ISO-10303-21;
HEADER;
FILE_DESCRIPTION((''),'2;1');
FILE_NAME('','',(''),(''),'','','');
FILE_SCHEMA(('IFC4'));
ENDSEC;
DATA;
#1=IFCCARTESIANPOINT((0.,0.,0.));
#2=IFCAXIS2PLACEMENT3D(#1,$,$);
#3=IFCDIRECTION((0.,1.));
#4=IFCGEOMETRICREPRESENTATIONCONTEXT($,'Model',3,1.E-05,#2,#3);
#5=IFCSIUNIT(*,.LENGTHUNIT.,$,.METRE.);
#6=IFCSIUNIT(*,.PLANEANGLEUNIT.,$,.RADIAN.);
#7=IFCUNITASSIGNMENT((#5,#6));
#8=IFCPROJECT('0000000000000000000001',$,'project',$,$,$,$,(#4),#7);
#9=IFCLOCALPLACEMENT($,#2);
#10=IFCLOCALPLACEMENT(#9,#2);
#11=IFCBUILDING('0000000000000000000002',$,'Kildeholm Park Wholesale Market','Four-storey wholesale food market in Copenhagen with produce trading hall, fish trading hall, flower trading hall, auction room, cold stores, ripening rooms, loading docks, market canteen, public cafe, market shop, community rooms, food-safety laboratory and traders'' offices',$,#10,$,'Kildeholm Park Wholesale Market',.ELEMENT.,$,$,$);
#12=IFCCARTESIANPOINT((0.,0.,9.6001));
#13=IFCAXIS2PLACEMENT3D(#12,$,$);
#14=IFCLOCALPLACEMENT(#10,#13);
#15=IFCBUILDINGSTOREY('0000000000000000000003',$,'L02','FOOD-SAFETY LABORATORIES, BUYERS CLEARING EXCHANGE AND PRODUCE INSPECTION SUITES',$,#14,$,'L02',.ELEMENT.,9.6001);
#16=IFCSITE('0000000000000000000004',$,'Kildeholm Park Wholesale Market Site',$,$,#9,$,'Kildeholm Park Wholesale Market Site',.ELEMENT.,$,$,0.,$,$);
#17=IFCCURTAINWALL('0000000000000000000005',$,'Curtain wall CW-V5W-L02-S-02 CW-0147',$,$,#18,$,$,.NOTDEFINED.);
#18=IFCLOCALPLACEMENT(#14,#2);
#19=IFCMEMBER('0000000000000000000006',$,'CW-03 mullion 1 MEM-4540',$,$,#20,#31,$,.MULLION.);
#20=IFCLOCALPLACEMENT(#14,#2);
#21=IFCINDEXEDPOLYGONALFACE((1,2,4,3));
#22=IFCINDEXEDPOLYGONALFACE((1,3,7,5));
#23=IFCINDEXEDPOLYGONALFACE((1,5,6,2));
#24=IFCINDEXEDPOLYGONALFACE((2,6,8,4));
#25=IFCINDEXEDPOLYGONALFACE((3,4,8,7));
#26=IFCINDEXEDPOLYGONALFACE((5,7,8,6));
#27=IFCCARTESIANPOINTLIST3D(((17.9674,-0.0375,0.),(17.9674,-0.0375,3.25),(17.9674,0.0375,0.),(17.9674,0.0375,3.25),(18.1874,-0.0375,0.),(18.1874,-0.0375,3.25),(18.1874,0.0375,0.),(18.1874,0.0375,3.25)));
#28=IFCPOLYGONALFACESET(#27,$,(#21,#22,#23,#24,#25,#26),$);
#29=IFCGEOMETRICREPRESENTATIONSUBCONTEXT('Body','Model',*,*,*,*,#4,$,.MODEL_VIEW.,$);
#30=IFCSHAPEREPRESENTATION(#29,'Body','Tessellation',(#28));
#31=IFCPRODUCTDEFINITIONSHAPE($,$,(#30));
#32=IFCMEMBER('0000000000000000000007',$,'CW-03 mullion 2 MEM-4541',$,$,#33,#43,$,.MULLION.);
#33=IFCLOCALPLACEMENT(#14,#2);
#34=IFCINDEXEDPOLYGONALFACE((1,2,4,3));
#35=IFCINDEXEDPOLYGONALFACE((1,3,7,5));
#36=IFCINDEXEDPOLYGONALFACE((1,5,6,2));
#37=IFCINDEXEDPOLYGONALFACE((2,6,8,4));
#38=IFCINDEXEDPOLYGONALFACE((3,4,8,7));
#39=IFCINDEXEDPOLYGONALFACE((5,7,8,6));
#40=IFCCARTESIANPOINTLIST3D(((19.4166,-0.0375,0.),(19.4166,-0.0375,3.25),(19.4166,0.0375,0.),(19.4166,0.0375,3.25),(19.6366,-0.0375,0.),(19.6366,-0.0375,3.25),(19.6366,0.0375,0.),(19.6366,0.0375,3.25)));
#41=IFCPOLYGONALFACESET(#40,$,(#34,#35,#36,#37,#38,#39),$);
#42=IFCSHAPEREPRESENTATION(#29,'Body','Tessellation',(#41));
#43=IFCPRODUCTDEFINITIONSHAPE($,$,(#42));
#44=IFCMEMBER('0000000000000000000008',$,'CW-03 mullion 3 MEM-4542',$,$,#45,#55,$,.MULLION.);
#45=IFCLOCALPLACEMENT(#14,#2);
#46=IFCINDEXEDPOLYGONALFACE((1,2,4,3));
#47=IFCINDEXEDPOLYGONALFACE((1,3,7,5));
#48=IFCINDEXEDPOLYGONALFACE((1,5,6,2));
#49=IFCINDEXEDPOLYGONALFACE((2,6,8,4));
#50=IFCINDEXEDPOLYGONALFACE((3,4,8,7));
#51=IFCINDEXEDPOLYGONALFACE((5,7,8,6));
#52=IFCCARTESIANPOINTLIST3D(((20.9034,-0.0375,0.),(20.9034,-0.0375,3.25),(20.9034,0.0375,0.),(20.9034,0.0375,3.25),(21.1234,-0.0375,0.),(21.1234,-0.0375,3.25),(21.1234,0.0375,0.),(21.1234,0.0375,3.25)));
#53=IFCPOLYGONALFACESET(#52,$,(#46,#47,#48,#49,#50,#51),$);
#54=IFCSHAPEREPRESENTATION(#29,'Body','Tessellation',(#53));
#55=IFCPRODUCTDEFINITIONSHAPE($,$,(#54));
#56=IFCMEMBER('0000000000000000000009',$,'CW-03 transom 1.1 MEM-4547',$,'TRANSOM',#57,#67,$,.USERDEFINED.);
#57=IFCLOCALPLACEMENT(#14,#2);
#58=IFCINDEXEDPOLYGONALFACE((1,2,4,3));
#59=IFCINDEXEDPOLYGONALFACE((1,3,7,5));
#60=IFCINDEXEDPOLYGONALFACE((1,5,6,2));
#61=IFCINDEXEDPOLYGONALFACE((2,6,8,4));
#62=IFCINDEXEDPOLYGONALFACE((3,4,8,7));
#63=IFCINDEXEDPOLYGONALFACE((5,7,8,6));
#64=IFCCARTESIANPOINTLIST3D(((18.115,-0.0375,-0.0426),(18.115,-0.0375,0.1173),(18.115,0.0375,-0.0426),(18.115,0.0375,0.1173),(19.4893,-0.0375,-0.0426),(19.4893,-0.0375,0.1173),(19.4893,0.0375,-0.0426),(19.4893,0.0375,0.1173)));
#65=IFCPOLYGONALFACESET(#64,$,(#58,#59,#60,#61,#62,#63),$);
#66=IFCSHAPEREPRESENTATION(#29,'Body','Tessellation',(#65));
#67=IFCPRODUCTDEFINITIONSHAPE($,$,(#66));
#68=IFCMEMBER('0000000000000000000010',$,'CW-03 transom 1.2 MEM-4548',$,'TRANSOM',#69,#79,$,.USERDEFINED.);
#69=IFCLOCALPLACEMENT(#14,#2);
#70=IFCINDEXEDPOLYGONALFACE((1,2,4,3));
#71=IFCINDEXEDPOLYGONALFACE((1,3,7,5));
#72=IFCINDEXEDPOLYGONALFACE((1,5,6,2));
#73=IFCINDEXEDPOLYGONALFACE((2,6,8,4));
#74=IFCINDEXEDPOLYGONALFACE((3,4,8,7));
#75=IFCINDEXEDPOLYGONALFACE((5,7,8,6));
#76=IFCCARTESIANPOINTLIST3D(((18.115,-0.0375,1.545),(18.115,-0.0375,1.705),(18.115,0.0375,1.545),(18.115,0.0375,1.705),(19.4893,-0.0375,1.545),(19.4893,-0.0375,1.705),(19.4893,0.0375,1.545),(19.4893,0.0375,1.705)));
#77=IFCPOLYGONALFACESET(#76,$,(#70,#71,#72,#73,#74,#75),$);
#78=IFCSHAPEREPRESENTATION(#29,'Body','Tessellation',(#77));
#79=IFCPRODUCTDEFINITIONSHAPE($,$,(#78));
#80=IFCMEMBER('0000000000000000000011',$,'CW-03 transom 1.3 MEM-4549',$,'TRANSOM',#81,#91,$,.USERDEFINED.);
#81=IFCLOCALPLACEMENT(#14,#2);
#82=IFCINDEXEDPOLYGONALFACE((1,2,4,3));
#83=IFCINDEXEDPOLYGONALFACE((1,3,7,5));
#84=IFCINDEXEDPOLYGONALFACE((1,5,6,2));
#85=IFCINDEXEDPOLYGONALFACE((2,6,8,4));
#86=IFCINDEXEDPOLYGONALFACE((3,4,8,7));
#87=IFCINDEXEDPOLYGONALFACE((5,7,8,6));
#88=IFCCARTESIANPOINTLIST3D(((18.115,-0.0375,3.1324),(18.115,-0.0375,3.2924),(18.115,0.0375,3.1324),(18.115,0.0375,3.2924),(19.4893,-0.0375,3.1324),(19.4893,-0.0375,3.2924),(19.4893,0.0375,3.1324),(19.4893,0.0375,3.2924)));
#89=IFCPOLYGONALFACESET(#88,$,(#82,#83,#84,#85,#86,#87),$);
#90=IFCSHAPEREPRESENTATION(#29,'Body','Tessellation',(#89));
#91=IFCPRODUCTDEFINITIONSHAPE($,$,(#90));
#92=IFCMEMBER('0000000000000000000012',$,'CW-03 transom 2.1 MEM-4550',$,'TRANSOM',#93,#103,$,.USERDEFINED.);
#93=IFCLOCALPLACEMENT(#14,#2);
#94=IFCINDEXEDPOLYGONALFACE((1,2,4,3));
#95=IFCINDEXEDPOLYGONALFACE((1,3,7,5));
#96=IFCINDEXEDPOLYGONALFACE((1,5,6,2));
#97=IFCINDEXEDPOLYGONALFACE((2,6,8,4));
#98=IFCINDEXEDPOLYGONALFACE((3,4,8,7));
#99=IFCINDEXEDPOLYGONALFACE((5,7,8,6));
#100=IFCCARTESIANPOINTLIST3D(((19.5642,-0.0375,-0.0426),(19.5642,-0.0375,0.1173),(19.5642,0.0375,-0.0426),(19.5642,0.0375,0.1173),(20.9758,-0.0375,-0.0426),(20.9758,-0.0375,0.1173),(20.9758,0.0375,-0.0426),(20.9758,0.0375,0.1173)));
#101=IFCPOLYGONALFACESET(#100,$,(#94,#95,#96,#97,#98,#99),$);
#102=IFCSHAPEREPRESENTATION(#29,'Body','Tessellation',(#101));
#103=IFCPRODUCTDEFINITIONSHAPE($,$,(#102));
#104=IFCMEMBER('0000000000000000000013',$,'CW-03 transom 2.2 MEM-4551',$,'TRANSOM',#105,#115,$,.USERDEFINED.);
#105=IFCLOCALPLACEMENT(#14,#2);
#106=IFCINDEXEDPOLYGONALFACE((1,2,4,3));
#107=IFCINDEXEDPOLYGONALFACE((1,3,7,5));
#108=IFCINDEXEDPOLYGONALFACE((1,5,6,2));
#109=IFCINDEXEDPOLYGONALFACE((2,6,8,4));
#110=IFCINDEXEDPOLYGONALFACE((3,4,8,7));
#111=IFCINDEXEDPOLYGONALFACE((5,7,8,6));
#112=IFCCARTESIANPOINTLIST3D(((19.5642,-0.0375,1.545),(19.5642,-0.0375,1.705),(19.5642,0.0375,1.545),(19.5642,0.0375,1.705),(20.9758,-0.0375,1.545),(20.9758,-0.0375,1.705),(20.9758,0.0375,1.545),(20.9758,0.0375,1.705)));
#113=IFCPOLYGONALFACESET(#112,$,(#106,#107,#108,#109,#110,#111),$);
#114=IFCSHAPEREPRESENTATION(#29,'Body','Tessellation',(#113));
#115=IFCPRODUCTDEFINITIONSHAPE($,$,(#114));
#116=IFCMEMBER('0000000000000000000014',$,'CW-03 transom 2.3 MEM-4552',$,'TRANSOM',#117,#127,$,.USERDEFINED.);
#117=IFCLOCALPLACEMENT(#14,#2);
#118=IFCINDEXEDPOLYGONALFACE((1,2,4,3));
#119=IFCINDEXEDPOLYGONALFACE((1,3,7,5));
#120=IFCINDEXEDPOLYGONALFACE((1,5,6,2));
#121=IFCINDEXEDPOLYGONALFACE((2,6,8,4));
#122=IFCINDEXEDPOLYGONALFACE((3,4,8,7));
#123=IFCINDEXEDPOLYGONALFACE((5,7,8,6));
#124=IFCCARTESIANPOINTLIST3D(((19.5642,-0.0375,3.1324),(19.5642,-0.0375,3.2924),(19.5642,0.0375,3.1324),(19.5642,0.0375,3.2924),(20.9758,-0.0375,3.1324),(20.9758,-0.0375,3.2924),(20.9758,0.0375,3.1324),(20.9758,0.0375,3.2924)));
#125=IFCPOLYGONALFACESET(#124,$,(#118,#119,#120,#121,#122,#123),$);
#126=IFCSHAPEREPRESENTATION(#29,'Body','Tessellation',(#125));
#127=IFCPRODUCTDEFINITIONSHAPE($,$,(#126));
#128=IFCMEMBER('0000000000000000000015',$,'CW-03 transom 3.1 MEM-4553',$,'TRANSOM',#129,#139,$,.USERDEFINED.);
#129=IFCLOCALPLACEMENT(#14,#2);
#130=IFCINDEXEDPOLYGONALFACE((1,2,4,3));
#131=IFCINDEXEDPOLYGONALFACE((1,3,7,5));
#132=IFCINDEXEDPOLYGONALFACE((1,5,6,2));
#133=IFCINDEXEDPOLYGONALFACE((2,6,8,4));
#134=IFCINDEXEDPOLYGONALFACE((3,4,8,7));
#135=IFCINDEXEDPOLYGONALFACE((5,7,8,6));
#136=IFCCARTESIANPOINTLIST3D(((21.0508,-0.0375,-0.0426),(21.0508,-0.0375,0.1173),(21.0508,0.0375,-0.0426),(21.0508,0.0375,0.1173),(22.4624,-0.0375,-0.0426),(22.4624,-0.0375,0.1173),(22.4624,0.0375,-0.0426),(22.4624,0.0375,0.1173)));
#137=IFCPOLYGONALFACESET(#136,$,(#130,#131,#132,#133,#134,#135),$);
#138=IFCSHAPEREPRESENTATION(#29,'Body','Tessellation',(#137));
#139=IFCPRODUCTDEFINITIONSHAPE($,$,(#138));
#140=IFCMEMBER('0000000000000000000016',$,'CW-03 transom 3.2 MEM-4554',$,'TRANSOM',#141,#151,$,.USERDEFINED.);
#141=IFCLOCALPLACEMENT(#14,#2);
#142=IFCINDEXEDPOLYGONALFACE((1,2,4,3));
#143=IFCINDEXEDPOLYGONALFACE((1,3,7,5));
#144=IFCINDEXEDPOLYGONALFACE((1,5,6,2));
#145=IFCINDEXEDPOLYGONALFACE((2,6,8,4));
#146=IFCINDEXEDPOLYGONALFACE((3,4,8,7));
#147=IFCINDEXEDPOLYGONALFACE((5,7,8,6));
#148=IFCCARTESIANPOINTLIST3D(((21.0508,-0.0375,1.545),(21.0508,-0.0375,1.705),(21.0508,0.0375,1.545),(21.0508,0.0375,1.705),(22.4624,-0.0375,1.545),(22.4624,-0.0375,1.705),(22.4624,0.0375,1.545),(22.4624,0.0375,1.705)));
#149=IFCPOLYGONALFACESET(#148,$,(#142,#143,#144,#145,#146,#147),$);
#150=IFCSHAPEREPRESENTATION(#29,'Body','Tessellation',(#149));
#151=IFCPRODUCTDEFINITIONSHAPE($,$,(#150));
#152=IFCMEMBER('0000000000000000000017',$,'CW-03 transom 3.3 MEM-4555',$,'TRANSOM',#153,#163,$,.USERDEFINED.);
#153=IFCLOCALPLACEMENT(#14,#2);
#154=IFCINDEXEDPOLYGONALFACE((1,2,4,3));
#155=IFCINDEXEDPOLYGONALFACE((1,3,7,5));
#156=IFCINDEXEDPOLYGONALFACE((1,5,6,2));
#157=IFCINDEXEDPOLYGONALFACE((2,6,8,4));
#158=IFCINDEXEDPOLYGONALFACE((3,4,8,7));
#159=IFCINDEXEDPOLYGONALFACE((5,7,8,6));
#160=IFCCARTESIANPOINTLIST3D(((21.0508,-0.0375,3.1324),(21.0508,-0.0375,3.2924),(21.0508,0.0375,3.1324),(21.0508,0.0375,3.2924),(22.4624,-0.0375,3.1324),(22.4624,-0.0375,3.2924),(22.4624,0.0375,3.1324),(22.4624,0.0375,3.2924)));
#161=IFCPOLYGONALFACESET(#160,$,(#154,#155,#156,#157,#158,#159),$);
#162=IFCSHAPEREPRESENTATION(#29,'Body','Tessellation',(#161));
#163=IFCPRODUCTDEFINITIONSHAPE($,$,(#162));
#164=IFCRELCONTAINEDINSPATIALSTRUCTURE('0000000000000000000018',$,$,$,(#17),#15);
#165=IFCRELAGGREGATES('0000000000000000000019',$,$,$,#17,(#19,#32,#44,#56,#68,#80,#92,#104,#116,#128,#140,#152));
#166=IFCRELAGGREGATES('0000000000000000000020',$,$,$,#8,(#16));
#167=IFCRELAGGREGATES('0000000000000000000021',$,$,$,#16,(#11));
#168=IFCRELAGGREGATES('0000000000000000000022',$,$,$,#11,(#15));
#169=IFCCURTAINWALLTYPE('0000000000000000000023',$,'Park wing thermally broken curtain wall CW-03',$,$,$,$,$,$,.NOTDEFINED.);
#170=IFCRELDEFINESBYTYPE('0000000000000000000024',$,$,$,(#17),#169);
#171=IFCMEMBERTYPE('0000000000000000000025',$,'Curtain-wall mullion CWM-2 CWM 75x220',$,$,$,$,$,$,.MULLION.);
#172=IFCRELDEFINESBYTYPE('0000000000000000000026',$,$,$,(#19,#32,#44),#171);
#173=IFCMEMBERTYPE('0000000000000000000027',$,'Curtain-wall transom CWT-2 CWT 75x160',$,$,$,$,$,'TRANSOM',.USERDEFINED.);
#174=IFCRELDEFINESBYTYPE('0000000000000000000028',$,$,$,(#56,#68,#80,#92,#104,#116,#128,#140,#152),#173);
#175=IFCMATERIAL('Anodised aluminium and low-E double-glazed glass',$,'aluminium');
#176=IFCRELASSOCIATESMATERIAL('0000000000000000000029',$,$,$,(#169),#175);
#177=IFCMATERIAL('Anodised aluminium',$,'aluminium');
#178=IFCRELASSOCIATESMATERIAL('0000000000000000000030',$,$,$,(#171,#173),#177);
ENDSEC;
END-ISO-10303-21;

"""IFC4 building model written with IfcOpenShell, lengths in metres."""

from ifc_helpers import new_model, si_unit, direction, frame, origin, origin_2d, place, context, subcontext, project, spatial, rectangle, extrude, material, material_profile, profile_set, type_object, element, aggregate, save


model = new_model("IFC4")

# Units and contexts
model_context = context("Model", 3, precision=1e-05, world=origin(), true_north=direction((0.0, 1.0)))
body_context = subcontext(model_context, "Body", "Model", "MODEL_VIEW")
ifc_project = project(units=[si_unit("LENGTHUNIT", "METRE"), si_unit("PLANEANGLEUNIT", "RADIAN")], contexts=[model_context])

# Site, building, storey
site_placement = place(None, origin())
site = spatial("IfcSite", under=ifc_project, at=site_placement, Name="Kildeholm Park Wholesale Market Site", LongName="Kildeholm Park Wholesale Market Site", CompositionType="ELEMENT", RefElevation=0.0)
building_placement = place(site_placement, origin())
building = spatial("IfcBuilding", under=site, at=building_placement, Name="Kildeholm Park Wholesale Market", Description="Four-storey wholesale food market in Copenhagen with produce trading hall, fish trading hall, flower trading hall, auction room, cold stores, ripening rooms, loading docks, market canteen, public cafe, market shop, community rooms, food-safety laboratory and traders' offices", LongName="Kildeholm Park Wholesale Market", CompositionType="ELEMENT")
storey_placement = place(building_placement, frame((0.0, 0.0, 9.6001)))
storey = spatial("IfcBuildingStorey", under=building, at=storey_placement, Name="L02", Description="FOOD-SAFETY LABORATORIES, BUYERS CLEARING EXCHANGE AND PRODUCE INSPECTION SUITES", LongName="L02", CompositionType="ELEMENT", Elevation=9.6001)

# Curtain wall, members
ifc_material_1 = material(Name="Anodised aluminium and low-E double-glazed glass", Category="aluminium")
curtain_wall_type = type_object("IfcCurtainWallType", Name="Park wing thermally broken curtain wall CW-03", PredefinedType="NOTDEFINED", material=ifc_material_1)
curtain_wall_placement = place(storey_placement, origin())
curtain_wall = element("IfcCurtainWall", 1, at=curtain_wall_placement, inside=storey, type_object=curtain_wall_type, Name="Curtain wall CW-V5W-L02-S-02 CW-0147", PredefinedType="NOTDEFINED")
ifc_material_2 = material(Name="Anodised aluminium", Category="aluminium")
ifc_material_profile_1 = material_profile(ifc_material_2, rectangle(XDim=0.075, YDim=0.22, at=origin_2d()), Name="CWM 75x220")
ifc_profile_set_1 = profile_set([ifc_material_profile_1], Name="Anodised aluminium")
member_type_1 = type_object("IfcMemberType", Name="Curtain-wall mullion CWM-2 CWM 75x220", PredefinedType="MULLION", material=ifc_profile_set_1)
member_1_placement = place(storey_placement, frame((18.0774, 0.0, 0.0), z_axis=(0.0, 0.0, 1.0), x_axis=(0.0, 1.0, 0.0)))
member_1 = element("IfcMember", 2, at=member_1_placement, type_object=member_type_1, Name="CW-03 mullion 1 MEM-4540", PredefinedType="MULLION", context=body_context, shape_type="SweptSolid", body=[
    extrude(rectangle(XDim=0.075, YDim=0.22, at=origin_2d()), origin(), (0.0, 0.0, 1.0), 3.25),
])
member_2_placement = place(storey_placement, frame((19.5266, 0.0, 0.0), z_axis=(0.0, 0.0, 1.0), x_axis=(0.0, 1.0, 0.0)))
member_2 = element("IfcMember", 3, at=member_2_placement, type_object=member_type_1, Name="CW-03 mullion 2 MEM-4541", PredefinedType="MULLION", context=body_context, shape_type="SweptSolid", body=[
    extrude(rectangle(XDim=0.075, YDim=0.22, at=origin_2d()), origin(), (0.0, 0.0, 1.0), 3.25),
])
member_3_placement = place(storey_placement, frame((21.0134, 0.0, 0.0), z_axis=(0.0, 0.0, 1.0), x_axis=(0.0, 1.0, 0.0)))
member_3 = element("IfcMember", 4, at=member_3_placement, type_object=member_type_1, Name="CW-03 mullion 3 MEM-4542", PredefinedType="MULLION", context=body_context, shape_type="SweptSolid", body=[
    extrude(rectangle(XDim=0.075, YDim=0.22, at=origin_2d()), origin(), (0.0, 0.0, 1.0), 3.25),
])
ifc_material_profile_2 = material_profile(ifc_material_2, rectangle(XDim=0.075, YDim=0.1599, at=origin_2d()), Name="CWT 75x160")
ifc_profile_set_2 = profile_set([ifc_material_profile_2], Name="Anodised aluminium")
member_type_2 = type_object("IfcMemberType", Name="Curtain-wall transom CWT-2 CWT 75x160", ElementType="TRANSOM", PredefinedType="USERDEFINED", material=ifc_profile_set_2)
member_4_placement = place(storey_placement, frame((18.115, 0.0, 0.0374), z_axis=(1.0, 0.0, 0.0), x_axis=(0.0, 1.0, 0.0)))
member_4 = element("IfcMember", 5, at=member_4_placement, type_object=member_type_2, Name="CW-03 transom 1.1 MEM-4547", ObjectType="TRANSOM", PredefinedType="USERDEFINED", context=body_context, shape_type="SweptSolid", body=[
    extrude(rectangle(XDim=0.075, YDim=0.1599, at=origin_2d()), origin(), (0.0, 0.0, 1.0), 1.3743),
])
member_5_placement = place(storey_placement, frame((18.115, 0.0, 1.625), z_axis=(1.0, 0.0, 0.0), x_axis=(0.0, 1.0, 0.0)))
member_5 = element("IfcMember", 6, at=member_5_placement, type_object=member_type_2, Name="CW-03 transom 1.2 MEM-4548", ObjectType="TRANSOM", PredefinedType="USERDEFINED", context=body_context, shape_type="SweptSolid", body=[
    extrude(rectangle(XDim=0.075, YDim=0.1599, at=origin_2d()), origin(), (0.0, 0.0, 1.0), 1.3743),
])
member_6_placement = place(storey_placement, frame((18.115, 0.0, 3.2124), z_axis=(1.0, 0.0, 0.0), x_axis=(0.0, 1.0, 0.0)))
member_6 = element("IfcMember", 7, at=member_6_placement, type_object=member_type_2, Name="CW-03 transom 1.3 MEM-4549", ObjectType="TRANSOM", PredefinedType="USERDEFINED", context=body_context, shape_type="SweptSolid", body=[
    extrude(rectangle(XDim=0.075, YDim=0.1599, at=origin_2d()), origin(), (0.0, 0.0, 1.0), 1.3743),
])
member_7_placement = place(storey_placement, frame((19.5642, 0.0, 0.0374), z_axis=(1.0, 0.0, 0.0), x_axis=(0.0, 1.0, 0.0)))
member_7 = element("IfcMember", 8, at=member_7_placement, type_object=member_type_2, Name="CW-03 transom 2.1 MEM-4550", ObjectType="TRANSOM", PredefinedType="USERDEFINED", context=body_context, shape_type="SweptSolid", body=[
    extrude(rectangle(XDim=0.075, YDim=0.1599, at=origin_2d()), origin(), (0.0, 0.0, 1.0), 1.4116),
])
member_8_placement = place(storey_placement, frame((19.5642, 0.0, 1.625), z_axis=(1.0, 0.0, 0.0), x_axis=(0.0, 1.0, 0.0)))
member_8 = element("IfcMember", 9, at=member_8_placement, type_object=member_type_2, Name="CW-03 transom 2.2 MEM-4551", ObjectType="TRANSOM", PredefinedType="USERDEFINED", context=body_context, shape_type="SweptSolid", body=[
    extrude(rectangle(XDim=0.075, YDim=0.1599, at=origin_2d()), origin(), (0.0, 0.0, 1.0), 1.4116),
])
member_9_placement = place(storey_placement, frame((19.5642, 0.0, 3.2124), z_axis=(1.0, 0.0, 0.0), x_axis=(0.0, 1.0, 0.0)))
member_9 = element("IfcMember", 10, at=member_9_placement, type_object=member_type_2, Name="CW-03 transom 2.3 MEM-4552", ObjectType="TRANSOM", PredefinedType="USERDEFINED", context=body_context, shape_type="SweptSolid", body=[
    extrude(rectangle(XDim=0.075, YDim=0.1599, at=origin_2d()), origin(), (0.0, 0.0, 1.0), 1.4116),
])
member_10_placement = place(storey_placement, frame((21.0508, 0.0, 0.0374), z_axis=(1.0, 0.0, 0.0), x_axis=(0.0, 1.0, 0.0)))
member_10 = element("IfcMember", 11, at=member_10_placement, type_object=member_type_2, Name="CW-03 transom 3.1 MEM-4553", ObjectType="TRANSOM", PredefinedType="USERDEFINED", context=body_context, shape_type="SweptSolid", body=[
    extrude(rectangle(XDim=0.075, YDim=0.1599, at=origin_2d()), origin(), (0.0, 0.0, 1.0), 1.4116),
])
member_11_placement = place(storey_placement, frame((21.0508, 0.0, 1.625), z_axis=(1.0, 0.0, 0.0), x_axis=(0.0, 1.0, 0.0)))
member_11 = element("IfcMember", 12, at=member_11_placement, type_object=member_type_2, Name="CW-03 transom 3.2 MEM-4554", ObjectType="TRANSOM", PredefinedType="USERDEFINED", context=body_context, shape_type="SweptSolid", body=[
    extrude(rectangle(XDim=0.075, YDim=0.1599, at=origin_2d()), origin(), (0.0, 0.0, 1.0), 1.4116),
])
member_12_placement = place(storey_placement, frame((21.0508, 0.0, 3.2124), z_axis=(1.0, 0.0, 0.0), x_axis=(0.0, 1.0, 0.0)))
member_12 = element("IfcMember", 13, at=member_12_placement, type_object=member_type_2, Name="CW-03 transom 3.3 MEM-4555", ObjectType="TRANSOM", PredefinedType="USERDEFINED", context=body_context, shape_type="SweptSolid", body=[
    extrude(rectangle(XDim=0.075, YDim=0.1599, at=origin_2d()), origin(), (0.0, 0.0, 1.0), 1.4116),
])

aggregate(curtain_wall, [member_1, member_2, member_3, member_4, member_5, member_6, member_7, member_8, member_9, member_10, member_11, member_12])

save(model, "model.ifc")
